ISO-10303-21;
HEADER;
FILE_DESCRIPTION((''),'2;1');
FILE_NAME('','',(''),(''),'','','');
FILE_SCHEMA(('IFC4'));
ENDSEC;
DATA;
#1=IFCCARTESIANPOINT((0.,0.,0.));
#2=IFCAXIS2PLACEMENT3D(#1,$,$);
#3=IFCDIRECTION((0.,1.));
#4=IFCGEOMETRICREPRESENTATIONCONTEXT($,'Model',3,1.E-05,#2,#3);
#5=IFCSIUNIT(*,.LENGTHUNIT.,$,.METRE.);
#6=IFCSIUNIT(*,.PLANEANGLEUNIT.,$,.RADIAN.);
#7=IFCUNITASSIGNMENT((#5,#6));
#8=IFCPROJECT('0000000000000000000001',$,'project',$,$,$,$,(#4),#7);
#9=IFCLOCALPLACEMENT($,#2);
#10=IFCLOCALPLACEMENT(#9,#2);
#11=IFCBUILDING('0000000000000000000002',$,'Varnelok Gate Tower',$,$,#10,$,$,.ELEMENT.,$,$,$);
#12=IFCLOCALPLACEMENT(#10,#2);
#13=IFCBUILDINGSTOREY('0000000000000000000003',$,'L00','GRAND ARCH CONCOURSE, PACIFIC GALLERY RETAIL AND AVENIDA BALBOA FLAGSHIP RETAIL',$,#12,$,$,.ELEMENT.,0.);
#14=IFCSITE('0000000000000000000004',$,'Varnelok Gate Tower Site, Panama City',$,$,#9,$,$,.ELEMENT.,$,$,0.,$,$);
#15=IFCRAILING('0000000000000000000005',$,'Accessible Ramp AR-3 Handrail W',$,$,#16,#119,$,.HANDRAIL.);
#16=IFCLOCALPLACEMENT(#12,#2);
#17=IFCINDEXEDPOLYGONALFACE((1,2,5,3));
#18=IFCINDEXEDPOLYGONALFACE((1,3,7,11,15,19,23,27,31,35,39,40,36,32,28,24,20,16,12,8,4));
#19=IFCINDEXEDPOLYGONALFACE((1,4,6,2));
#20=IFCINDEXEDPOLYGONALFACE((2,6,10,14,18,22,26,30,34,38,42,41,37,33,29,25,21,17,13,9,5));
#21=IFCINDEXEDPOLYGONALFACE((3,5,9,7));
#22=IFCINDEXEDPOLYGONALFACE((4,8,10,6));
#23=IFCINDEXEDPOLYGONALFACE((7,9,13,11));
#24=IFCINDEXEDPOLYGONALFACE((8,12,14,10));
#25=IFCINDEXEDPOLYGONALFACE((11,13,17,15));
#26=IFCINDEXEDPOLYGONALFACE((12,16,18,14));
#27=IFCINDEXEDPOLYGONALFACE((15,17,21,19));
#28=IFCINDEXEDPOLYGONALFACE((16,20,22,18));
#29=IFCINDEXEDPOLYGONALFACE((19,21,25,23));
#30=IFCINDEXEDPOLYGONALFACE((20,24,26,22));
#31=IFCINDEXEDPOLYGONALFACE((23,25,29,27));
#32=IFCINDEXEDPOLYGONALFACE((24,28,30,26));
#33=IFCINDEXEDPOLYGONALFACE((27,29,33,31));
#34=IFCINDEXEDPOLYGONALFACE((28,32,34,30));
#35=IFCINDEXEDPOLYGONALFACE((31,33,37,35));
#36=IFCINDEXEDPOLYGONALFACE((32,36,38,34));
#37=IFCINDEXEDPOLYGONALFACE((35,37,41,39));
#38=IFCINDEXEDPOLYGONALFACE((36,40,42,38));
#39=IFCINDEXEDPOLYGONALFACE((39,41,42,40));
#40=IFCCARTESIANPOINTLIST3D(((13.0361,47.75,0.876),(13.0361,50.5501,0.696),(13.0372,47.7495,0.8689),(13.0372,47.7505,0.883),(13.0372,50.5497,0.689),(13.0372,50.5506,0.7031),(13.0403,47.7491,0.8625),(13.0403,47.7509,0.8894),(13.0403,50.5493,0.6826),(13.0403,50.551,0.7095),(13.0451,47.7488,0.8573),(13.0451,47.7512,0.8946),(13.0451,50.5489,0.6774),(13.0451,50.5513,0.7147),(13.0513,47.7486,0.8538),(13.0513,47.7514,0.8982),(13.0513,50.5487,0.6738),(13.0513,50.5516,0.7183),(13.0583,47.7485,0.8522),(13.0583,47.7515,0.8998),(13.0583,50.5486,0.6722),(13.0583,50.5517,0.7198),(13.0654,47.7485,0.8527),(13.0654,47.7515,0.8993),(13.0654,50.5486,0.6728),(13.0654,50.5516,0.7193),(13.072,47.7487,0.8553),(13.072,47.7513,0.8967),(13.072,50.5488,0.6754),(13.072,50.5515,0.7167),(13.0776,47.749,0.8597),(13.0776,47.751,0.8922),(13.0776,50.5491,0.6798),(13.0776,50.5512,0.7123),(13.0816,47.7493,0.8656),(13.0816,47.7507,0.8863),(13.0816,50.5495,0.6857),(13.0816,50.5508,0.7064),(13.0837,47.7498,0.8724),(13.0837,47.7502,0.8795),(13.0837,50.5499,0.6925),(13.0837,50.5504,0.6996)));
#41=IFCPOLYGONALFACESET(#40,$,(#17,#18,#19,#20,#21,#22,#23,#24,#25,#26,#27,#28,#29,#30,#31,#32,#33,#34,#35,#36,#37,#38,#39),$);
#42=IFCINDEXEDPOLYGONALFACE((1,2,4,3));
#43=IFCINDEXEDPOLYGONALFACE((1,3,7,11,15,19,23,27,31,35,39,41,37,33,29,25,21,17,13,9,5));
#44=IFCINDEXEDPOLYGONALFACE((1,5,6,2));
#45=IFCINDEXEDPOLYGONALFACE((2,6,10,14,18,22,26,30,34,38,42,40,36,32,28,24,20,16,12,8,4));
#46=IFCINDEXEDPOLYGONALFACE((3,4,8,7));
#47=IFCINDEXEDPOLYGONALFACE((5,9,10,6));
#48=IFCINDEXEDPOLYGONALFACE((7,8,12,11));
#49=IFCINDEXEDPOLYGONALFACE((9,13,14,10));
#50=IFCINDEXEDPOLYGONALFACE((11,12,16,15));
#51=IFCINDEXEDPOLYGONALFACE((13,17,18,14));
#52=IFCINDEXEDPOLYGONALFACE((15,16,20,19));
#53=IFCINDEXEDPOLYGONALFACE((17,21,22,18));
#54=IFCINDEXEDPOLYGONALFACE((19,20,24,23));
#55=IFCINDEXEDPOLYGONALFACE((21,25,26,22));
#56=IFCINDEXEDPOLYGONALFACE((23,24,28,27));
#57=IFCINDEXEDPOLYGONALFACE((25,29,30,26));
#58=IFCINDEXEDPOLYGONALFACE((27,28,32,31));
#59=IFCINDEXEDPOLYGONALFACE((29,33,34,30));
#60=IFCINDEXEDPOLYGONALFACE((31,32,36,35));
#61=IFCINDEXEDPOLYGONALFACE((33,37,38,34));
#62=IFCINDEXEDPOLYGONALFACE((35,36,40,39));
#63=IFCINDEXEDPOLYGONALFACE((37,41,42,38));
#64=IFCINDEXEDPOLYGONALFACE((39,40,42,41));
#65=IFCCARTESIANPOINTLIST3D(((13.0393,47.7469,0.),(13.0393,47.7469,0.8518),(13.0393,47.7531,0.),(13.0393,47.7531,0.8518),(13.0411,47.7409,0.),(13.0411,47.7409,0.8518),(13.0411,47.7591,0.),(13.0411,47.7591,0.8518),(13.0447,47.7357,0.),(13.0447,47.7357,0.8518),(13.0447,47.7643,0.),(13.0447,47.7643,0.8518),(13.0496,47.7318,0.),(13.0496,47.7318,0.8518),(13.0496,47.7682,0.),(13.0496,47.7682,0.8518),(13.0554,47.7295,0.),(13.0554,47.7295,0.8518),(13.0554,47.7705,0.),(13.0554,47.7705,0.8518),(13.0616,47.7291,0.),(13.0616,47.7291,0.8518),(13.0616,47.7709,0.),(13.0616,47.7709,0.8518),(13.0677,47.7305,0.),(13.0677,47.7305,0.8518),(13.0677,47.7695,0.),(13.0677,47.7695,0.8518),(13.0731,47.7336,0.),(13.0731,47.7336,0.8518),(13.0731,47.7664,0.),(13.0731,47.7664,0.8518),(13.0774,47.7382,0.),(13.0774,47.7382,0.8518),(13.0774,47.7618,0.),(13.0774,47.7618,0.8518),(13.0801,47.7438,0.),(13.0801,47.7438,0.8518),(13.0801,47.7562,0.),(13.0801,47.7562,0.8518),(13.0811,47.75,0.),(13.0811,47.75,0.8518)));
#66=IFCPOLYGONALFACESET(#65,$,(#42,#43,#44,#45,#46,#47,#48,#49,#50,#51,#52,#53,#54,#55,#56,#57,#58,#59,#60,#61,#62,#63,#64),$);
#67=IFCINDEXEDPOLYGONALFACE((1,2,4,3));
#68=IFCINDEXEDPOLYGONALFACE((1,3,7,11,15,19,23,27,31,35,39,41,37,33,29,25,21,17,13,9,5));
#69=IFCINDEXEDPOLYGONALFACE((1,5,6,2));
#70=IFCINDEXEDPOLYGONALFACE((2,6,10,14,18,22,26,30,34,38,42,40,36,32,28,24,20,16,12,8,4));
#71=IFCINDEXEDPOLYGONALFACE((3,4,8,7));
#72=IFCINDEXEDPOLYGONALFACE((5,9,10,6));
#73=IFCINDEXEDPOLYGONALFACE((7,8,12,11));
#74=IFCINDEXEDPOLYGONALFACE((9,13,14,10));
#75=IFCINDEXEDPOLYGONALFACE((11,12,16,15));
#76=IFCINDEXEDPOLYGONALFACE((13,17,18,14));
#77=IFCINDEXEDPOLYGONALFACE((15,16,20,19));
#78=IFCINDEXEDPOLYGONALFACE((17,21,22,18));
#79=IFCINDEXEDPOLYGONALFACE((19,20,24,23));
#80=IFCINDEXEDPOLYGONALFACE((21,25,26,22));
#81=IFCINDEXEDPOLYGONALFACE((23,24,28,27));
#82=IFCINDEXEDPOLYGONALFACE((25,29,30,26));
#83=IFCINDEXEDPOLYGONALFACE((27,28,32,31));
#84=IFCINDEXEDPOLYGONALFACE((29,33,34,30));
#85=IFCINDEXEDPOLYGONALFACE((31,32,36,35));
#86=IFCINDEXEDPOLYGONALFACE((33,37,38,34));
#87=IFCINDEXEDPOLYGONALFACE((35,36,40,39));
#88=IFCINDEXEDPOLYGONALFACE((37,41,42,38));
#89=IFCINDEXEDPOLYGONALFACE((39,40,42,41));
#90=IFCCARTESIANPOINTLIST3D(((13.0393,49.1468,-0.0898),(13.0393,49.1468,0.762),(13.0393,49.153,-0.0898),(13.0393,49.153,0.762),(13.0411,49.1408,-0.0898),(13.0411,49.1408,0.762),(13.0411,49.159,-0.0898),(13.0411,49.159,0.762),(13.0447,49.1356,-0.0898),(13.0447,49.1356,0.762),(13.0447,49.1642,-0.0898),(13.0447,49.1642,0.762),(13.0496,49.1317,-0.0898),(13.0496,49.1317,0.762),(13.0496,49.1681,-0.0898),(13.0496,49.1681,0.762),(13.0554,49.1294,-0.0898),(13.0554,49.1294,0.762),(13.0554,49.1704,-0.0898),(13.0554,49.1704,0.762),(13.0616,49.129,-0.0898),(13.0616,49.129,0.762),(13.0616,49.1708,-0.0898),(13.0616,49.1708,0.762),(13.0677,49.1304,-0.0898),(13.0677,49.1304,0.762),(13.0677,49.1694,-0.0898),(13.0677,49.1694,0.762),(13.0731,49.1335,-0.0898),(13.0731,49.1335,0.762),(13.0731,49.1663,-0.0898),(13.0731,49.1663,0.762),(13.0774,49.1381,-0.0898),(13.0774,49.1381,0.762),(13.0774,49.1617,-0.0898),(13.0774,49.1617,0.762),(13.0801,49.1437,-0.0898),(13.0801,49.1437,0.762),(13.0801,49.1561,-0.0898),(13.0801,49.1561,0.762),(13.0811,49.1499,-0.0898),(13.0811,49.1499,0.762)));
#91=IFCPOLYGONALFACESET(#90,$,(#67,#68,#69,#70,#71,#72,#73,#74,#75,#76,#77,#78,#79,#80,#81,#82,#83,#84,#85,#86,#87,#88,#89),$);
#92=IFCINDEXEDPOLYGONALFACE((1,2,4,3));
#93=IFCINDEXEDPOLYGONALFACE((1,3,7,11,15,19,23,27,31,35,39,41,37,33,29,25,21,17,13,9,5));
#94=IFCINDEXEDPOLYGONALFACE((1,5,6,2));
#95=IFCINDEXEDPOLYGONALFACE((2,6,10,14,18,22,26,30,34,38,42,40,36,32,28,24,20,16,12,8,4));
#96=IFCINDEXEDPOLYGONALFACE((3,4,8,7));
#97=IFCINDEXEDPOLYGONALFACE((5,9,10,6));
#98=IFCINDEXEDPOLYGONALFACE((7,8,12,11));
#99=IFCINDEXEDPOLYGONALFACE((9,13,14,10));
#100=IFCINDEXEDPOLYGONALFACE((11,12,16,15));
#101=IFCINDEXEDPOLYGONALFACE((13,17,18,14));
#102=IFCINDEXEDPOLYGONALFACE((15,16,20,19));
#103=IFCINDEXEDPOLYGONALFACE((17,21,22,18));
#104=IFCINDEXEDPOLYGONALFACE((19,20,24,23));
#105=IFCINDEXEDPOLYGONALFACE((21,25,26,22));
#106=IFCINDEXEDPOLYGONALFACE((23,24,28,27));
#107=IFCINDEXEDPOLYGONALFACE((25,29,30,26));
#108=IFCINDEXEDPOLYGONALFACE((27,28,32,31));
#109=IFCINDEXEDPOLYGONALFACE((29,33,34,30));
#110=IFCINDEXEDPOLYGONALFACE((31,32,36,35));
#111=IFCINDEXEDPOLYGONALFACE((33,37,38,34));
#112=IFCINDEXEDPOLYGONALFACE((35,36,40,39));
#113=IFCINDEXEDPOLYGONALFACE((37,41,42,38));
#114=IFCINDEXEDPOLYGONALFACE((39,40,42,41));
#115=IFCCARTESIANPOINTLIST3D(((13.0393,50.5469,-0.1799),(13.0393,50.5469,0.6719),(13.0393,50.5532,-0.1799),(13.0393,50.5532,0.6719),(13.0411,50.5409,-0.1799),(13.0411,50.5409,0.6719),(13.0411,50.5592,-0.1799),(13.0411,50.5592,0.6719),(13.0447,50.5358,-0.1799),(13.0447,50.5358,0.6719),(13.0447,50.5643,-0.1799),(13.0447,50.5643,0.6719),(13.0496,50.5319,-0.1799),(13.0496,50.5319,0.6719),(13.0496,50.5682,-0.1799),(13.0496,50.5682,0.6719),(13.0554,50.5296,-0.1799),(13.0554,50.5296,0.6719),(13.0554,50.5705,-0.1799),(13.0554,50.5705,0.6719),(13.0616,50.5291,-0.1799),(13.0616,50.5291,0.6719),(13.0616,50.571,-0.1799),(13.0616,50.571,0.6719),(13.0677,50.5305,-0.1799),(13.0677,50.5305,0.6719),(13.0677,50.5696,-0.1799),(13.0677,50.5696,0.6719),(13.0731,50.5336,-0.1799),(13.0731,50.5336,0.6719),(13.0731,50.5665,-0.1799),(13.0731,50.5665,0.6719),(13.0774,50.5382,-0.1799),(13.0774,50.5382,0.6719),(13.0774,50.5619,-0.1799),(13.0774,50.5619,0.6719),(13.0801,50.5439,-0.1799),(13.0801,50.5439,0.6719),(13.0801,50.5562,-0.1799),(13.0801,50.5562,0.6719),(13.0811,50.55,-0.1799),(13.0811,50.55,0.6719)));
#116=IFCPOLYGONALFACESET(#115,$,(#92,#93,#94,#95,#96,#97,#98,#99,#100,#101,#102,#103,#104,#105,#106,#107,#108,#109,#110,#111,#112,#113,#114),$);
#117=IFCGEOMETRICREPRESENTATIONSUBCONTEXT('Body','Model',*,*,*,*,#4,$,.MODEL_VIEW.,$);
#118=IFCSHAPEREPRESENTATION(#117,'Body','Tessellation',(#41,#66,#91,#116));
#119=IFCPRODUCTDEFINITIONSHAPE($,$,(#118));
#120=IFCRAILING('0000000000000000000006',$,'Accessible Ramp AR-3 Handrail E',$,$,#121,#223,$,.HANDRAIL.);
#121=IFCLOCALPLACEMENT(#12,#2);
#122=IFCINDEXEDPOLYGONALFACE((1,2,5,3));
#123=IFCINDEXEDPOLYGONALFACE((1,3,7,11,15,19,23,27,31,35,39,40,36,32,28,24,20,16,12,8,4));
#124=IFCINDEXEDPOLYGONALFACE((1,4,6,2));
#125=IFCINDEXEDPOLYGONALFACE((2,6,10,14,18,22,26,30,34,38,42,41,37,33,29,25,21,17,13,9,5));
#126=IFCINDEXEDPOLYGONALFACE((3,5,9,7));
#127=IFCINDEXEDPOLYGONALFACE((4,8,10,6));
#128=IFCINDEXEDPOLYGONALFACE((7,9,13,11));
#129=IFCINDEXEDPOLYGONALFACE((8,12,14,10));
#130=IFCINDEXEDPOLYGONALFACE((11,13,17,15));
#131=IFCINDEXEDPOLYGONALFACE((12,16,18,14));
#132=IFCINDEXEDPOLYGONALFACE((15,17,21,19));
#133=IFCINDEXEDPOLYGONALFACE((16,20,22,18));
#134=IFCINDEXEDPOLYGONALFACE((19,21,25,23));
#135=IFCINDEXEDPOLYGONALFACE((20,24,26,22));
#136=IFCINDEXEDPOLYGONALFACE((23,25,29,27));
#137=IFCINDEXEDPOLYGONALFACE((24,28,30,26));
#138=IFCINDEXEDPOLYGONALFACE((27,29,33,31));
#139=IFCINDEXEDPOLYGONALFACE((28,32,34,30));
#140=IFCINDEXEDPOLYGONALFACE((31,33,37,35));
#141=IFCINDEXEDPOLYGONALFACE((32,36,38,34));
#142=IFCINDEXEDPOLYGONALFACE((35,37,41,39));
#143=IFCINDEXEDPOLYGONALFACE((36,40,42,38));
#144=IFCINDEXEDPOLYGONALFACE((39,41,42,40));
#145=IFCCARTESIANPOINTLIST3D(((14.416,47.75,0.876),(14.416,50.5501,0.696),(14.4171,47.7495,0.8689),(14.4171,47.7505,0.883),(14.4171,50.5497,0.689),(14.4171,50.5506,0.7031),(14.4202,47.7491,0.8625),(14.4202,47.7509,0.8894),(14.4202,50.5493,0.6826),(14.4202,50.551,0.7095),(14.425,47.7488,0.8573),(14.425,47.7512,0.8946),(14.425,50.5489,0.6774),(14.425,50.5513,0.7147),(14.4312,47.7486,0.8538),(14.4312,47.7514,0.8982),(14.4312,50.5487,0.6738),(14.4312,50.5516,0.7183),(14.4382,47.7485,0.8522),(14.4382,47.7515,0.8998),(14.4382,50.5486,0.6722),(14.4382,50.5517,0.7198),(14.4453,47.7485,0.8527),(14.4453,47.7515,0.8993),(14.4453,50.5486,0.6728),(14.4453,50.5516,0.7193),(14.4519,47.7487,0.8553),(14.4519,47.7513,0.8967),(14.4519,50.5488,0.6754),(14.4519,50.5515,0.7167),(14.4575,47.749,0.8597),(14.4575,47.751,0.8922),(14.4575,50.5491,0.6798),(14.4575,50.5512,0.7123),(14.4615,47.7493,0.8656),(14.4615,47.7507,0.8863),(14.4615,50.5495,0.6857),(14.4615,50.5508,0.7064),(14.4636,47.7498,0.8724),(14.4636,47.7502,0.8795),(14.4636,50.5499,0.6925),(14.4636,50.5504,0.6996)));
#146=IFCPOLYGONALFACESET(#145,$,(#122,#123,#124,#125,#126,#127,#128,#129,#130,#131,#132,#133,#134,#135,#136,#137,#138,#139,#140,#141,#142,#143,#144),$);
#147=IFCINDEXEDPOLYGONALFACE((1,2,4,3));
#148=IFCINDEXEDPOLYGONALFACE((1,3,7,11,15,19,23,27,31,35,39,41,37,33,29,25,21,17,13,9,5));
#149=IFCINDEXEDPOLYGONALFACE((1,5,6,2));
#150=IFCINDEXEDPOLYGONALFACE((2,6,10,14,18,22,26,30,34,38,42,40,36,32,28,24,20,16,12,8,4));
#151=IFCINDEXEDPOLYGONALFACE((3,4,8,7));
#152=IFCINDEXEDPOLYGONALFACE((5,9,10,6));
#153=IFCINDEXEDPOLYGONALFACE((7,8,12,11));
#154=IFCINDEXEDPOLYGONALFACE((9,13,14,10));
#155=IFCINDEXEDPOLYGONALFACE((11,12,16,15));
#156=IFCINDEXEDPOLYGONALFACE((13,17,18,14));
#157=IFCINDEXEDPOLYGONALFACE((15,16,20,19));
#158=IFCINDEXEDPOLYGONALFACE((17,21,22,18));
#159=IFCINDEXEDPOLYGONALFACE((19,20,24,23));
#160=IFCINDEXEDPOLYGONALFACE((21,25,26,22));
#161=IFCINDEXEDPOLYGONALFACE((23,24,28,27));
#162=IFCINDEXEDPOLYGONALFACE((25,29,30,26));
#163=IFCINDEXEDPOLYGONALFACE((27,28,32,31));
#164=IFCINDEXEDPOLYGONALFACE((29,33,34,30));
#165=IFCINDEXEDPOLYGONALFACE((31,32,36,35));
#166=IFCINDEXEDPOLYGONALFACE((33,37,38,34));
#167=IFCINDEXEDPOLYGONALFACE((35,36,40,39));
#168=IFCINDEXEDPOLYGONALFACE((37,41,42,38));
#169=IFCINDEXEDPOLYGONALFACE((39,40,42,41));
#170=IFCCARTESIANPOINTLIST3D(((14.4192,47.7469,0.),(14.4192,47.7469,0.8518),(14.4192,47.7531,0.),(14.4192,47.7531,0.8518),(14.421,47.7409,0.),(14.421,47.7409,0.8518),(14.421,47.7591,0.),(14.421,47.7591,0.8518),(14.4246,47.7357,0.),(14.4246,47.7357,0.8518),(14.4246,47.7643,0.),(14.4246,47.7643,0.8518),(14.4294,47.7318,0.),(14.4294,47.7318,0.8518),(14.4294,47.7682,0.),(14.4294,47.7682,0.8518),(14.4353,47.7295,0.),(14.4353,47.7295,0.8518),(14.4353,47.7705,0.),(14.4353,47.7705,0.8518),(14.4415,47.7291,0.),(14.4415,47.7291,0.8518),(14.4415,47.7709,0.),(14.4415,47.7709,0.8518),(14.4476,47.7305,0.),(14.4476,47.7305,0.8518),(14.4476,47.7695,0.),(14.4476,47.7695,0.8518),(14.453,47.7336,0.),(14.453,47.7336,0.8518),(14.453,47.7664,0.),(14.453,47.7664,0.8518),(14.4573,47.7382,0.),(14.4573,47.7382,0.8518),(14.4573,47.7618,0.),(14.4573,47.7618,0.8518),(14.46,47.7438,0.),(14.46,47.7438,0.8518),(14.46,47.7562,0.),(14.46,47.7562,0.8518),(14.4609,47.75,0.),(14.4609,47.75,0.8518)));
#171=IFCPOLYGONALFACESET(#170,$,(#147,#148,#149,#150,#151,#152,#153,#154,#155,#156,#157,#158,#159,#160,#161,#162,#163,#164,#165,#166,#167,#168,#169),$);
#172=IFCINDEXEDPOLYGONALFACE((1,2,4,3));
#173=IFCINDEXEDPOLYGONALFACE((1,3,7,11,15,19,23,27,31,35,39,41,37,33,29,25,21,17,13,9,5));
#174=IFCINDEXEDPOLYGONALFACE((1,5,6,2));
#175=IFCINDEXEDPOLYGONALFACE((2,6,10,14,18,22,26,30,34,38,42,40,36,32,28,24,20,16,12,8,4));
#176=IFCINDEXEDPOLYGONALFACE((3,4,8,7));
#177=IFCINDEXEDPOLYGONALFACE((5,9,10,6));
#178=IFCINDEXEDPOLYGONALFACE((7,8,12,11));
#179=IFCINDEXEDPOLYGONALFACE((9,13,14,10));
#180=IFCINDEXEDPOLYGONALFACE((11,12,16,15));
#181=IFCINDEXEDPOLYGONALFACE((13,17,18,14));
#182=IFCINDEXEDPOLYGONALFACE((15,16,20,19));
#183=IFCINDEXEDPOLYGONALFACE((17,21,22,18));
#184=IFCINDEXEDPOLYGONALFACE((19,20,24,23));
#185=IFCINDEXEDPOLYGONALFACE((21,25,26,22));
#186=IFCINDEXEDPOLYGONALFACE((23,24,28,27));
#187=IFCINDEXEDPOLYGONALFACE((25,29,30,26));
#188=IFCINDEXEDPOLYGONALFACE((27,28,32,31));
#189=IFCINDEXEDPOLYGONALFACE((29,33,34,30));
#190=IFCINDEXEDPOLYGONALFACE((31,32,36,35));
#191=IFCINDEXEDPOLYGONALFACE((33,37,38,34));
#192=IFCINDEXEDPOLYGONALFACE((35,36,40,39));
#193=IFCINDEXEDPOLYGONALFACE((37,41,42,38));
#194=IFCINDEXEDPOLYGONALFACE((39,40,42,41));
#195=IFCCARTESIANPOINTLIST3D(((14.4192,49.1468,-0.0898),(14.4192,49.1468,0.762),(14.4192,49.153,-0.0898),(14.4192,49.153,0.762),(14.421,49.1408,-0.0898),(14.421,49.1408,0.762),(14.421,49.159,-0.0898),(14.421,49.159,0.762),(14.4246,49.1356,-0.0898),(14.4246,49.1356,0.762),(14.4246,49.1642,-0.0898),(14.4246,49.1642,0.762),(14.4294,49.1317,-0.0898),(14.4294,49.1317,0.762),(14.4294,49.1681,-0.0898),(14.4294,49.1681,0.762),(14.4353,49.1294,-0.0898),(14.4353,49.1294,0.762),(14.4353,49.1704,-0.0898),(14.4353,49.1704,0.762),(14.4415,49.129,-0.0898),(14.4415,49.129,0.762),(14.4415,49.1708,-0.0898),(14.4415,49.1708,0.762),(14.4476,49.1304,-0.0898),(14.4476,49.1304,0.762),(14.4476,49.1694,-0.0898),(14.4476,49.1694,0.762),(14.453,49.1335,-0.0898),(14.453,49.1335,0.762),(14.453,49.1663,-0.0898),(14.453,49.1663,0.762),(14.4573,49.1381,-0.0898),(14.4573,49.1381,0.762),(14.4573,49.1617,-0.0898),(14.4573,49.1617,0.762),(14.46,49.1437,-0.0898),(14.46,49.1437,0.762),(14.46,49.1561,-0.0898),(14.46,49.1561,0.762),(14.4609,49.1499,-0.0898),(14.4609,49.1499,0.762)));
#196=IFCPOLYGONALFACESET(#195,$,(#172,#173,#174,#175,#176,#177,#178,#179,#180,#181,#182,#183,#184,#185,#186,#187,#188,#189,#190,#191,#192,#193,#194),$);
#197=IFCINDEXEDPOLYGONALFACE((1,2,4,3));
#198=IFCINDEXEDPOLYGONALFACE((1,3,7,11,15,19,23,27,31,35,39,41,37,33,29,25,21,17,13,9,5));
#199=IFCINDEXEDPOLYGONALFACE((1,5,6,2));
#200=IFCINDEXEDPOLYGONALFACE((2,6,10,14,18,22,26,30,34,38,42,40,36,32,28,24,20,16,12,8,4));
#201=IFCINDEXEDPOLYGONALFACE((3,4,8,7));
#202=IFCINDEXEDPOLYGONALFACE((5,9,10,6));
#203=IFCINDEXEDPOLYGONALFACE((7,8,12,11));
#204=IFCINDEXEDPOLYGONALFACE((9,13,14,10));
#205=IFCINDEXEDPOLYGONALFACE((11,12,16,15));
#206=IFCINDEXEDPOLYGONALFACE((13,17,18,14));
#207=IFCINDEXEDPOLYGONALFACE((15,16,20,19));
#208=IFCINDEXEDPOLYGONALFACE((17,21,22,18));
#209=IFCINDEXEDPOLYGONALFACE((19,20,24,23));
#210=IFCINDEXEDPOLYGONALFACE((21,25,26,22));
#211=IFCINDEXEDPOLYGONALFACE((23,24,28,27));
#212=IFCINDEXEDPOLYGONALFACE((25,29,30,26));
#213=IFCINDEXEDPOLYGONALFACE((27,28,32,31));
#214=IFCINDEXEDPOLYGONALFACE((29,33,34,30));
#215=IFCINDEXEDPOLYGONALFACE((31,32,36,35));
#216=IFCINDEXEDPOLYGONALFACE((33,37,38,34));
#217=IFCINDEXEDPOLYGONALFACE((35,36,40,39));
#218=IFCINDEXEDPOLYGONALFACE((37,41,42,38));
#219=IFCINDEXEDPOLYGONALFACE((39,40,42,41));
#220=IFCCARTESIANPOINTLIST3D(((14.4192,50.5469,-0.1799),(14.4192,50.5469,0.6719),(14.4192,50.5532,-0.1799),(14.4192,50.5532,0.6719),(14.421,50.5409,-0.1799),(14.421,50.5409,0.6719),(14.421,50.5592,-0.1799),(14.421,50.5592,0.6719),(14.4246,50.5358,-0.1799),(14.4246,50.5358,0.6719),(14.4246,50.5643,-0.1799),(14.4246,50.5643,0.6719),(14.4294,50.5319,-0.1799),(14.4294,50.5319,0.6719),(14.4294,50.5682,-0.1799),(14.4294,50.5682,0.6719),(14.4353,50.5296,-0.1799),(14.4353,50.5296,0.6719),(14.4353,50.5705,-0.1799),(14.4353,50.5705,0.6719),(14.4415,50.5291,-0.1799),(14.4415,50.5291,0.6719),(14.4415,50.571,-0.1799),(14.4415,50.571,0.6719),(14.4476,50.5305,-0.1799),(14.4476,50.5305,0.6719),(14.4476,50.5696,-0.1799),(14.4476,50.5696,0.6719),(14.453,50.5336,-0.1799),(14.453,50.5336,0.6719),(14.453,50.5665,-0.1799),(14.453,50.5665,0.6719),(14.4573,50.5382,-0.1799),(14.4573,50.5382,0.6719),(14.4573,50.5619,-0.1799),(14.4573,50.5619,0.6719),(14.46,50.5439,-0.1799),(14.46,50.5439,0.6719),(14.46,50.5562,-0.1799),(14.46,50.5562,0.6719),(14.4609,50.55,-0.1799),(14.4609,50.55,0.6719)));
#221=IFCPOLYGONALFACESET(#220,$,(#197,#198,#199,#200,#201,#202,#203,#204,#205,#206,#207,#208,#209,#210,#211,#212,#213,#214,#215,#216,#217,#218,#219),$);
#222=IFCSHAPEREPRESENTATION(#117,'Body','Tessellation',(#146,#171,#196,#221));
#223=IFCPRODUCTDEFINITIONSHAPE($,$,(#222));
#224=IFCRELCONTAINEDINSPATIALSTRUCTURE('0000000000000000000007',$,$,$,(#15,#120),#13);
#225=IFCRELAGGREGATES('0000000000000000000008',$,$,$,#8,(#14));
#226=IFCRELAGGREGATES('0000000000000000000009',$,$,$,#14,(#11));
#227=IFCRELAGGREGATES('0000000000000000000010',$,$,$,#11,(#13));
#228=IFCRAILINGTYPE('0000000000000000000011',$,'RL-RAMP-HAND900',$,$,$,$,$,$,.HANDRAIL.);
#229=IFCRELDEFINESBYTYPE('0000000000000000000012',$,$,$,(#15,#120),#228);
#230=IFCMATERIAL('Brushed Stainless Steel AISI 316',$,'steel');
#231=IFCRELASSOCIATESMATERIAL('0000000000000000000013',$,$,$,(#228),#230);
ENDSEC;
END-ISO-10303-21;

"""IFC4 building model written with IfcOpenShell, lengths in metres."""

from ifc_helpers import new_model, si_unit, direction, frame, origin, origin_2d, place, context, subcontext, project, spatial, circle, extrude, material, type_object, element, save


model = new_model("IFC4")

# Units and contexts
model_context = context("Model", 3, precision=1e-05, world=origin(), true_north=direction((0.0, 1.0)))
body_context = subcontext(model_context, "Body", "Model", "MODEL_VIEW")
ifc_project = project(units=[si_unit("LENGTHUNIT", "METRE"), si_unit("PLANEANGLEUNIT", "RADIAN")], contexts=[model_context])

# Site, building, storey
site_placement = place(None, origin())
site = spatial("IfcSite", under=ifc_project, at=site_placement, Name="Varnelok Gate Tower Site, Panama City", CompositionType="ELEMENT", RefElevation=0.0)
building_placement = place(site_placement, origin())
building = spatial("IfcBuilding", under=site, at=building_placement, Name="Varnelok Gate Tower", CompositionType="ELEMENT")
storey_placement = place(building_placement, origin())
storey = spatial("IfcBuildingStorey", under=building, at=storey_placement, Name="L00", Description="GRAND ARCH CONCOURSE, PACIFIC GALLERY RETAIL AND AVENIDA BALBOA FLAGSHIP RETAIL", CompositionType="ELEMENT", Elevation=0.0)

# Railings
ifc_material_1 = material(Name="Brushed Stainless Steel AISI 316", Category="steel")
railing_type_1 = type_object("IfcRailingType", Name="RL-RAMP-HAND900", PredefinedType="HANDRAIL", material=ifc_material_1)
for number, where, name in (
    (1, (13.0601, 47.75, 0.0), "Accessible Ramp AR-3 Handrail W"),
    (2, (14.4399, 47.75, 0.0), "Accessible Ramp AR-3 Handrail E"),
):
    element("IfcRailing", number, at=place(storey_placement, frame(where)), inside=storey, type_object=railing_type_1, Name=name, PredefinedType="HANDRAIL", context=body_context, shape_type="SweptSolid", body=[
        extrude(circle(Radius=0.0239, at=origin_2d()), frame((0.0, 0.0, 0.876), z_axis=(0.0, 0.997942, -0.064128), x_axis=(-1.0, 0.0, 0.0)), (0.0, 0.0, 1.0), 2.8059),
        extrude(circle(Radius=0.021, at=origin_2d()), origin(), (0.0, 0.0, 1.0), 0.8518),
        extrude(circle(Radius=0.021, at=origin_2d()), frame((0.0, 1.3999, -0.0898)), (0.0, 0.0, 1.0), 0.8518),
        extrude(circle(Radius=0.021, at=origin_2d()), frame((0.0, 2.8, -0.1799)), (0.0, 0.0, 1.0), 0.8518),
    ])

save(model, "model.ifc")
